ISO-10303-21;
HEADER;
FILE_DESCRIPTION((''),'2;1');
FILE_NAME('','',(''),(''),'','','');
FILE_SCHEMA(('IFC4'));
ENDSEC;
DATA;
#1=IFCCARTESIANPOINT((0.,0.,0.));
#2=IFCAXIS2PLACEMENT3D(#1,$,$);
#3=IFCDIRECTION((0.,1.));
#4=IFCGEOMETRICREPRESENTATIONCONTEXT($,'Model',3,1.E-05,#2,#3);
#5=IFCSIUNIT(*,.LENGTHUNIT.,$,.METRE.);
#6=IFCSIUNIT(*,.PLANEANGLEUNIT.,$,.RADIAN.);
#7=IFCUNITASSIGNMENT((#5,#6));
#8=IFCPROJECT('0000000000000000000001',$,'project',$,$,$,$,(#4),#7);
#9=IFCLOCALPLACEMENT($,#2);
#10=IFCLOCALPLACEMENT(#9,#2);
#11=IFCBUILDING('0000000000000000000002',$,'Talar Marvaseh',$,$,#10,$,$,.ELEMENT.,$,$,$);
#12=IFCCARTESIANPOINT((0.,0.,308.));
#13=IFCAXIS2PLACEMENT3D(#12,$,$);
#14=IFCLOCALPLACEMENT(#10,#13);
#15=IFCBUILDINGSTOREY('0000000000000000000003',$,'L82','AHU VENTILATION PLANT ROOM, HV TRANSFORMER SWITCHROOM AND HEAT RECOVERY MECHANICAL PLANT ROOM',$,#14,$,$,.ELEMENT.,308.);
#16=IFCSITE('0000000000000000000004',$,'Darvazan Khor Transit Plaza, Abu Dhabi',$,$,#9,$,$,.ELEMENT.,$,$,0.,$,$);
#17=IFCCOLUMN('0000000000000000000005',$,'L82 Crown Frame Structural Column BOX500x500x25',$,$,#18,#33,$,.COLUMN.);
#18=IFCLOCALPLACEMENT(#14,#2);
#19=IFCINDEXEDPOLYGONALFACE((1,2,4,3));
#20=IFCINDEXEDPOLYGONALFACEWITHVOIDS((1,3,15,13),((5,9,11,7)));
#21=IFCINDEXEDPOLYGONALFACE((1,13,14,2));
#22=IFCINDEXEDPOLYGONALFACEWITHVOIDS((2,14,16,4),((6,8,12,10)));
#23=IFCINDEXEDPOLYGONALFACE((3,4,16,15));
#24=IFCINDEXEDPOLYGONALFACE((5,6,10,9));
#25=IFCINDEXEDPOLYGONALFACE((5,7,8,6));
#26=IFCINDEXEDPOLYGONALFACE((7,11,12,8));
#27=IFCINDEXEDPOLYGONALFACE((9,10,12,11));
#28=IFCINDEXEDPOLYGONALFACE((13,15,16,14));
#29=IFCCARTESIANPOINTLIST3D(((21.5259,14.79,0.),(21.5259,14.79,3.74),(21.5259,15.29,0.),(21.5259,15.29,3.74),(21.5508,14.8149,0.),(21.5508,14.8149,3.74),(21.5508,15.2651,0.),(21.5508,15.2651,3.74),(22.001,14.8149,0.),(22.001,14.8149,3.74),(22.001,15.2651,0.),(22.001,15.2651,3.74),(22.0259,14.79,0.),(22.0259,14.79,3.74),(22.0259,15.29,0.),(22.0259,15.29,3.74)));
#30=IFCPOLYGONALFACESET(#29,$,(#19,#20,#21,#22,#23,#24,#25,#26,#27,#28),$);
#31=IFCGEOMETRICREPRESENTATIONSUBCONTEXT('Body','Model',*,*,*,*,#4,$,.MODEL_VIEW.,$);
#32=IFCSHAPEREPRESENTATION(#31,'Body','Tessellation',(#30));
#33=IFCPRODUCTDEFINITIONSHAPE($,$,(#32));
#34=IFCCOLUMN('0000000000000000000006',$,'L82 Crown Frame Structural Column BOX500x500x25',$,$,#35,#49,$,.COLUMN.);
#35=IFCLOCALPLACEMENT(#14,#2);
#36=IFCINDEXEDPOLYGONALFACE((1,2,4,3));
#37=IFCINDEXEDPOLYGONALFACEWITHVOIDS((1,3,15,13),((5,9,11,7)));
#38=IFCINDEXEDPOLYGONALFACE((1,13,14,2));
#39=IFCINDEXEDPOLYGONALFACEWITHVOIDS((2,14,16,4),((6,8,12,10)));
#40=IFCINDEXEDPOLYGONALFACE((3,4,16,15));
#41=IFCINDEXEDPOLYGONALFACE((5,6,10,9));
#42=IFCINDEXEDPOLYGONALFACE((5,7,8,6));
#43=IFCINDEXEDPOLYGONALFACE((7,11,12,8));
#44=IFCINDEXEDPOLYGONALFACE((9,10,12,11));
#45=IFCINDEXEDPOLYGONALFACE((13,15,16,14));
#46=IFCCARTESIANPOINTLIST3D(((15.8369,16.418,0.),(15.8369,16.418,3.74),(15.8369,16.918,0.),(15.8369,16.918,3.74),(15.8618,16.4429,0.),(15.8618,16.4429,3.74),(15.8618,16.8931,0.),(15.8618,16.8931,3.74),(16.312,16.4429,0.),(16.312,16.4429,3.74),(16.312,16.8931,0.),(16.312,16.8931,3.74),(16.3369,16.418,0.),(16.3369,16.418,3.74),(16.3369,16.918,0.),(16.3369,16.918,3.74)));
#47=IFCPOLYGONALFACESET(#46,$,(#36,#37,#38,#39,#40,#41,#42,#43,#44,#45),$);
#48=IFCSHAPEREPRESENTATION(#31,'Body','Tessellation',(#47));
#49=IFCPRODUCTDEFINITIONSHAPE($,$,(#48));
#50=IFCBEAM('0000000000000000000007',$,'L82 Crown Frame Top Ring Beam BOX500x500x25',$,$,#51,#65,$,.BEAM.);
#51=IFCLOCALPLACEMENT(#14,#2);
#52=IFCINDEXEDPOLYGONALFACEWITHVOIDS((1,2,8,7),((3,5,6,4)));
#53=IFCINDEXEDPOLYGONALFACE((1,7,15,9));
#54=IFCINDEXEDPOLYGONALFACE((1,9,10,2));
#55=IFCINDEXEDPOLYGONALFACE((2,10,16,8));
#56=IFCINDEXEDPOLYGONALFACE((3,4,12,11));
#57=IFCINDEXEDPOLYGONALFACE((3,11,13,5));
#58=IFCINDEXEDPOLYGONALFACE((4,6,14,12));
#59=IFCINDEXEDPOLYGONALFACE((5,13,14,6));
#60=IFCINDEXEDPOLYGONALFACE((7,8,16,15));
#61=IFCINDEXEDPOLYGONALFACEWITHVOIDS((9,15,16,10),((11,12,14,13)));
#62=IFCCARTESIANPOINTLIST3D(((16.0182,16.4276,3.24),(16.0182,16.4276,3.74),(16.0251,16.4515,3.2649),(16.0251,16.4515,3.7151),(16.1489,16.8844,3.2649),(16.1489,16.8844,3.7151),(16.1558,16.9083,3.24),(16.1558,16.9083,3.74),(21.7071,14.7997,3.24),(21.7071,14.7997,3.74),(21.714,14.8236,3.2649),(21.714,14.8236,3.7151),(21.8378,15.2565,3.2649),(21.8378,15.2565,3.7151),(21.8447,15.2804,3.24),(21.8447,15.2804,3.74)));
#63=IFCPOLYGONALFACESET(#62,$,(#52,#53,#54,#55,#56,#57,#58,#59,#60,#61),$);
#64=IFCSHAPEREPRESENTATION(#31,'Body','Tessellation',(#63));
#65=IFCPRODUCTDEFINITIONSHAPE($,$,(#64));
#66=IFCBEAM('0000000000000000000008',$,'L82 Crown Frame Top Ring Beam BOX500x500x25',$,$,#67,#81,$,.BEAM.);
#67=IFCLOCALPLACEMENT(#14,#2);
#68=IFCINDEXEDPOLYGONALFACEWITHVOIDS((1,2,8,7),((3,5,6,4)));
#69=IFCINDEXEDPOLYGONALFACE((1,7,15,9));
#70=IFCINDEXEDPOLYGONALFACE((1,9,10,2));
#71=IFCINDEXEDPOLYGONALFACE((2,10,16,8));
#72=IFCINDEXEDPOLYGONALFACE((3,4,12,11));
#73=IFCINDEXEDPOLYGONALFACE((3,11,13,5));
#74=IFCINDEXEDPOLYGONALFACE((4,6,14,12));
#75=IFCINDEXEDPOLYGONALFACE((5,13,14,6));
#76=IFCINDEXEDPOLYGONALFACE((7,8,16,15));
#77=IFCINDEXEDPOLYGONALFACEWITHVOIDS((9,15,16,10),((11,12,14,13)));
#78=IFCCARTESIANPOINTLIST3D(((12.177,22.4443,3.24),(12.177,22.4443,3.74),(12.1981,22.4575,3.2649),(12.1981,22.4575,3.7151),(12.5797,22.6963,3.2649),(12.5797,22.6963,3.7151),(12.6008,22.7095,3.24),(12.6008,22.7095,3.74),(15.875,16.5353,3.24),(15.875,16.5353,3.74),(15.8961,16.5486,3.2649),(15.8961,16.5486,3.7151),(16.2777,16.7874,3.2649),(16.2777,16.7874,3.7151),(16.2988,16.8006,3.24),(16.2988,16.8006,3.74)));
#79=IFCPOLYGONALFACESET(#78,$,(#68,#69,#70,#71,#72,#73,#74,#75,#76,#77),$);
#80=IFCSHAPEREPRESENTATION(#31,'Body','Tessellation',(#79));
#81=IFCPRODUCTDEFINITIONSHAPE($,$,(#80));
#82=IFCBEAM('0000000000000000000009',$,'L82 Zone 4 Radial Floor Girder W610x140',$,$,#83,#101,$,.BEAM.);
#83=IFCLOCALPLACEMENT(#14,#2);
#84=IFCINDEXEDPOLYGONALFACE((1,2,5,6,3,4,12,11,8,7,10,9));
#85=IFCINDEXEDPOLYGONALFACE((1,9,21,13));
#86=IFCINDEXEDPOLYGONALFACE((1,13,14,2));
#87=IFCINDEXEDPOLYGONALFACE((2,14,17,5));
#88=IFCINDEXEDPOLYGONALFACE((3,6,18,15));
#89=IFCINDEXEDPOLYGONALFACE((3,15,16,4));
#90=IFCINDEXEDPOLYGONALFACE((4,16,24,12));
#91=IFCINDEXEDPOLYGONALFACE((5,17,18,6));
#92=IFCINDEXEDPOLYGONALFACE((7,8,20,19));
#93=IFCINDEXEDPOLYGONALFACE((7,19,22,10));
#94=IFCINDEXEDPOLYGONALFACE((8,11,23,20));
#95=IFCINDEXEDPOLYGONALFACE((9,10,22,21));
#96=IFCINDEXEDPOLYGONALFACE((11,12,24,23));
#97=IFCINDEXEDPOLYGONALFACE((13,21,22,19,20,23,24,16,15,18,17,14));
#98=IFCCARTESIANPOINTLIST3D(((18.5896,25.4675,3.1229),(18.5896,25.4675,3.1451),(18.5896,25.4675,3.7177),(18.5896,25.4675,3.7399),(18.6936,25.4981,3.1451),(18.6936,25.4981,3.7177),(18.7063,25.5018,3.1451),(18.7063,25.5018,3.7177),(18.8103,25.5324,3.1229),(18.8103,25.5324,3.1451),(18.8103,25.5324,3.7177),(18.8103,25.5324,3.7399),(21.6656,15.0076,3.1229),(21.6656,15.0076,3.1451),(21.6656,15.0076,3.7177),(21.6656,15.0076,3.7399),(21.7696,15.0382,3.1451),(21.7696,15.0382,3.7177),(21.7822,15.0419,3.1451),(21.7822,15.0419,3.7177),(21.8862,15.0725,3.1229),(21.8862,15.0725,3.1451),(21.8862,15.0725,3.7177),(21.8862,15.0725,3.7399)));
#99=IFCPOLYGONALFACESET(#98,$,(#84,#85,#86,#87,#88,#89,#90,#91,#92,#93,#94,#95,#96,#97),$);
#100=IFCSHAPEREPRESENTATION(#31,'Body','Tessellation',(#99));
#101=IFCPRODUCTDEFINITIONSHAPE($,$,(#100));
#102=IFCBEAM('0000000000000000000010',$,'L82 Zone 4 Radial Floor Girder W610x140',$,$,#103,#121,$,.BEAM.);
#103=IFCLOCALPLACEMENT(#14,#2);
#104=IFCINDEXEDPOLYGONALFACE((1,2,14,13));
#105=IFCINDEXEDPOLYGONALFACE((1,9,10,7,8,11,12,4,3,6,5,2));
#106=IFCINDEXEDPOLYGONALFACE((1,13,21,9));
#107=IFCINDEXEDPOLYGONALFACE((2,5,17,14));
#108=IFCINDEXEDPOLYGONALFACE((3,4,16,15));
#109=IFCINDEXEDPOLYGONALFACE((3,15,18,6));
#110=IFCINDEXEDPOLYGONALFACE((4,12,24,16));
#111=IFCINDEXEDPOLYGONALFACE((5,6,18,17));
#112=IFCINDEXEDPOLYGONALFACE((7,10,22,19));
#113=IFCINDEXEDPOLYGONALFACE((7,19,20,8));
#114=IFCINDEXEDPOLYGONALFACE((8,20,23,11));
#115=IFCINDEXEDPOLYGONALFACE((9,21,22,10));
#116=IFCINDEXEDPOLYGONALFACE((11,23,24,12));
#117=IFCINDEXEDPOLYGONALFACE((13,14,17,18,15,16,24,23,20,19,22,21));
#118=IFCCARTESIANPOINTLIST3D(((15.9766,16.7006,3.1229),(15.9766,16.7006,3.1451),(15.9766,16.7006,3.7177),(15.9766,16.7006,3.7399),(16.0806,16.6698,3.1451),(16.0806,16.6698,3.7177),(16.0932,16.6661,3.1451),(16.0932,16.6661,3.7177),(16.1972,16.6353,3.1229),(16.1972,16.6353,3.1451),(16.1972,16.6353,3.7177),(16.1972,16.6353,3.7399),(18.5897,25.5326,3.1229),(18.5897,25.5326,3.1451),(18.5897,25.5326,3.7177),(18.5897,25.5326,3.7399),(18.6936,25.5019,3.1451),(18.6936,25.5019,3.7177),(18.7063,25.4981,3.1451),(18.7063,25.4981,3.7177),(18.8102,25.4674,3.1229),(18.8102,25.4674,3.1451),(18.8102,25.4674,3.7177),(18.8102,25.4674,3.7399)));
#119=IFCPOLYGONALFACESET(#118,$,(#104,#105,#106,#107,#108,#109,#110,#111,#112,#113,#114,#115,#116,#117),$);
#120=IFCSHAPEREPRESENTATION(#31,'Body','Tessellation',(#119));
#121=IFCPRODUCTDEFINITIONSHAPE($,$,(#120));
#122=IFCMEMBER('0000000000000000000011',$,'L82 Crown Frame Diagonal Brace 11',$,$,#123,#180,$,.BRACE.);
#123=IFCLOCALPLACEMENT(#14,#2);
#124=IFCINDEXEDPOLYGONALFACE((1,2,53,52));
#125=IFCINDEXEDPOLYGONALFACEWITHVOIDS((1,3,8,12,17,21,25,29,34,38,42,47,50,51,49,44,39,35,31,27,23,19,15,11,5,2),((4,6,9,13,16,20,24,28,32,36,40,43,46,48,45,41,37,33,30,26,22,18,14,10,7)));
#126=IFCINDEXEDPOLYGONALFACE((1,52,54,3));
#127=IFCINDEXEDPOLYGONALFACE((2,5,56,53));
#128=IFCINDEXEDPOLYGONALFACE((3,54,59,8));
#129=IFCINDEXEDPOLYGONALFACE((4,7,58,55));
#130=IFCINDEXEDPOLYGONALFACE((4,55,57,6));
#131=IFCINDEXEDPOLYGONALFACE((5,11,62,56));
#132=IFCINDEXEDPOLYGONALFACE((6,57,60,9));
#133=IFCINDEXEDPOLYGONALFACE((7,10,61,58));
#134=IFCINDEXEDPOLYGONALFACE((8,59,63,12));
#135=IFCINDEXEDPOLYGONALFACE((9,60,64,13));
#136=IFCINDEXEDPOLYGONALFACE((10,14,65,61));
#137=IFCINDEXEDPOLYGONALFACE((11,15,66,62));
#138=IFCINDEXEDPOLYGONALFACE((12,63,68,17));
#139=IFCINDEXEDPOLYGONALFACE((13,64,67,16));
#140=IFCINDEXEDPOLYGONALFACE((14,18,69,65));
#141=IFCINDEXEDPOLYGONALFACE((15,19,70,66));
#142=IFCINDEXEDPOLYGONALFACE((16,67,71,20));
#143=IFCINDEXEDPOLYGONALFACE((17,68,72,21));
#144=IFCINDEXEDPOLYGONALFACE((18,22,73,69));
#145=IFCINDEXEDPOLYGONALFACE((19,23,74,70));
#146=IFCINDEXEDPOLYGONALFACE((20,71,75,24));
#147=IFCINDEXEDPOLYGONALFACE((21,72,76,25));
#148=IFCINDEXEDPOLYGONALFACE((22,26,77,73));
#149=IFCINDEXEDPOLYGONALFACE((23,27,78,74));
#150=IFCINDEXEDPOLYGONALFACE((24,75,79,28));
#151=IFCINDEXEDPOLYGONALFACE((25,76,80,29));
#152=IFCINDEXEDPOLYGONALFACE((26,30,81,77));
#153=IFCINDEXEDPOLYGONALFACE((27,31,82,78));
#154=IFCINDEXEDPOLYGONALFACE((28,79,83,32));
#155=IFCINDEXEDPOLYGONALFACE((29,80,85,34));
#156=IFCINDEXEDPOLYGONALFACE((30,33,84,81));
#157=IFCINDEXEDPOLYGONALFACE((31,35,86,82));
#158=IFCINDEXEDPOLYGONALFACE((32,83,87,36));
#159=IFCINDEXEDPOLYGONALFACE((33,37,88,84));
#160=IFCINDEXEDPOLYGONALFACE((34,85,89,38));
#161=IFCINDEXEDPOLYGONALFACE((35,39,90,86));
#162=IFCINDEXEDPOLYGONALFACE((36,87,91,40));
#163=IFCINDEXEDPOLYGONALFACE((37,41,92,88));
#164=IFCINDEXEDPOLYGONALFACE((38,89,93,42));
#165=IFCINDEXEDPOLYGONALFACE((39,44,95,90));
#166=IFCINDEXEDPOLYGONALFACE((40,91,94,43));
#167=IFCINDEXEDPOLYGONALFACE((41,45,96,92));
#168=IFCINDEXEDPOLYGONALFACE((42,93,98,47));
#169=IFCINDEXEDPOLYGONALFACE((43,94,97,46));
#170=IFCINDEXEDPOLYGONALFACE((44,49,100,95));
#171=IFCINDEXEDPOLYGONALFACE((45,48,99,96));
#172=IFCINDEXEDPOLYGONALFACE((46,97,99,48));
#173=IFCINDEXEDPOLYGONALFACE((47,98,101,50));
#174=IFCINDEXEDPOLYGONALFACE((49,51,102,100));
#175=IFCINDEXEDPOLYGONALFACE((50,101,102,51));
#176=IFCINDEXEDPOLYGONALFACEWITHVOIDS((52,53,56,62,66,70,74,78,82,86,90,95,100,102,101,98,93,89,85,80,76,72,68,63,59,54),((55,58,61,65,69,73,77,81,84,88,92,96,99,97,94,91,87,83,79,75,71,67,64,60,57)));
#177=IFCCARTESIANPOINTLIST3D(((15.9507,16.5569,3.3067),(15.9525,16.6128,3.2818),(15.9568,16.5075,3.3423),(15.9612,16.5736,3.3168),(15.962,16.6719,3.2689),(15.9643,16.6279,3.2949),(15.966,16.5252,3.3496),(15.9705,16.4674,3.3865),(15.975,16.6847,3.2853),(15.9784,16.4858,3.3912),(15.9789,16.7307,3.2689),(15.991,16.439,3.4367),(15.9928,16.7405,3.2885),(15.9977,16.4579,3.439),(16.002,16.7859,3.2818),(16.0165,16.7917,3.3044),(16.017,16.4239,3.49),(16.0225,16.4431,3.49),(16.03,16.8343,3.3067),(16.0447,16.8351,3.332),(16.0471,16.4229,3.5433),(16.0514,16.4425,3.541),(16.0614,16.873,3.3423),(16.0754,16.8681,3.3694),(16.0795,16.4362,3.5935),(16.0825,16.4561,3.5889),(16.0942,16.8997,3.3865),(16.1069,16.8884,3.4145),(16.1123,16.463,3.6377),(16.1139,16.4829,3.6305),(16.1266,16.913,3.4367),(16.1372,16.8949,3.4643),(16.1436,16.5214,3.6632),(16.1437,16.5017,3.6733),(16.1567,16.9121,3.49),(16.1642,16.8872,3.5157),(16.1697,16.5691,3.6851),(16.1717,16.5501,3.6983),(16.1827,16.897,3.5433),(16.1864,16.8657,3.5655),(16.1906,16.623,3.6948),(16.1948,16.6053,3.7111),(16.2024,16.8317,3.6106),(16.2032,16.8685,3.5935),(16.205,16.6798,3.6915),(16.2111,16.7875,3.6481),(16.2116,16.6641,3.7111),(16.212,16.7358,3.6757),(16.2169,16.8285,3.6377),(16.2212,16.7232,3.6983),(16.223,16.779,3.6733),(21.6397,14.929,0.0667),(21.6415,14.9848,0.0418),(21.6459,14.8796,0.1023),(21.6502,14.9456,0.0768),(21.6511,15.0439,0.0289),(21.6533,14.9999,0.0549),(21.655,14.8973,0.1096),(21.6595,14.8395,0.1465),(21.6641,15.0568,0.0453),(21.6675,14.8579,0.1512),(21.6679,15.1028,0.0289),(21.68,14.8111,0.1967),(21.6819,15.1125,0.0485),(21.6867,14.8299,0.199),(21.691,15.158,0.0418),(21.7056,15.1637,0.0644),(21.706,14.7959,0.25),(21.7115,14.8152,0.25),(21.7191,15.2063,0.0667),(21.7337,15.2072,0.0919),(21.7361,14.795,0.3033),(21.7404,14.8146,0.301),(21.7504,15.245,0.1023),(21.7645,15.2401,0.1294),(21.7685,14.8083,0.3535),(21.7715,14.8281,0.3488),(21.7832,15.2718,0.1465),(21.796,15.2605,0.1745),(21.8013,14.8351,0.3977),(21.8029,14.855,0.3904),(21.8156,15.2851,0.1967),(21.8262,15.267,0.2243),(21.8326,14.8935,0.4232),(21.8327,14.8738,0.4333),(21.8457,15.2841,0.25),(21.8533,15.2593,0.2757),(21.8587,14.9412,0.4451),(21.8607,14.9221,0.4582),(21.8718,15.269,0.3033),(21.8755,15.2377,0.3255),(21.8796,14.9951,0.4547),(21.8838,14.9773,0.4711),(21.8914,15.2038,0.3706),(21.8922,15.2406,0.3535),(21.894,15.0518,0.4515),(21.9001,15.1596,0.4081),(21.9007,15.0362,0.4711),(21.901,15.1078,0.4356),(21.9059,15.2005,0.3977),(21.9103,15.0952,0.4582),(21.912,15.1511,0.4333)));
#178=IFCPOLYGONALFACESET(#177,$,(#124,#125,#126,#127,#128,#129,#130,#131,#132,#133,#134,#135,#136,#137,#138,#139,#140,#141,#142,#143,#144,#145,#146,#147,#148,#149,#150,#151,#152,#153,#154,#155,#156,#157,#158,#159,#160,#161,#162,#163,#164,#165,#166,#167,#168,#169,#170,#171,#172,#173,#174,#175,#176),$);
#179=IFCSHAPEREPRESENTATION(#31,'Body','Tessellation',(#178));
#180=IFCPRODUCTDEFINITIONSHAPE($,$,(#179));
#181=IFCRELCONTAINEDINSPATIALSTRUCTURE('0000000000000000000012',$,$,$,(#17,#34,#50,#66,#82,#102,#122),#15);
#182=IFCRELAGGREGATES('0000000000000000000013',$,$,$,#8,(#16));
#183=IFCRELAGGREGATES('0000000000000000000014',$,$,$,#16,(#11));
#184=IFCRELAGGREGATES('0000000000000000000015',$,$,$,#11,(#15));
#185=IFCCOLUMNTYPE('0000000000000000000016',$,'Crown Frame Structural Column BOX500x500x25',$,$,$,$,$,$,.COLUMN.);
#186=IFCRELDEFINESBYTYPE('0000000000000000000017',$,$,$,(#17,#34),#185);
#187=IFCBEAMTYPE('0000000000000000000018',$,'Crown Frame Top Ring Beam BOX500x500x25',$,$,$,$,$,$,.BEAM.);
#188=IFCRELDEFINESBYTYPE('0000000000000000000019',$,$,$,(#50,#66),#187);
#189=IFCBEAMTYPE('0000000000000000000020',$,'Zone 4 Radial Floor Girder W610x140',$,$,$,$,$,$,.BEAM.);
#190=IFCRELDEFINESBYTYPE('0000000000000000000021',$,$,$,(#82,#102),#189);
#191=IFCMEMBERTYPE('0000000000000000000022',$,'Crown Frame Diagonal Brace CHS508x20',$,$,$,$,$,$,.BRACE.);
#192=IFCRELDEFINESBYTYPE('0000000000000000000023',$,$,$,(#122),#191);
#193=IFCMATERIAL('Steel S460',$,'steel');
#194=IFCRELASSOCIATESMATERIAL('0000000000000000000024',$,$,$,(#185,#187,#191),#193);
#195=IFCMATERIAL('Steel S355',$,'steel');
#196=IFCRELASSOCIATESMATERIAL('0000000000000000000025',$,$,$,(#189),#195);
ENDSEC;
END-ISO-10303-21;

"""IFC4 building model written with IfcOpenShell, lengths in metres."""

from ifc_helpers import new_model, si_unit, direction, frame, origin, origin_2d, place, context, subcontext, project, spatial, hollow_rectangle, hollow_circle, i_section, extrude, source, transform, mapped, material, material_profile, profile_set, type_object, type_shapes, element, save


model = new_model("IFC4")

# Units and contexts
model_context = context("Model", 3, precision=1e-05, world=origin(), true_north=direction((0.0, 1.0)))
body_context = subcontext(model_context, "Body", "Model", "MODEL_VIEW")
ifc_project = project(units=[si_unit("LENGTHUNIT", "METRE"), si_unit("PLANEANGLEUNIT", "RADIAN")], contexts=[model_context])

# Site, building, storey
site_placement = place(None, origin())
site = spatial("IfcSite", under=ifc_project, at=site_placement, Name="Darvazan Khor Transit Plaza, Abu Dhabi", CompositionType="ELEMENT", RefElevation=0.0)
building_placement = place(site_placement, origin())
building = spatial("IfcBuilding", under=site, at=building_placement, Name="Talar Marvaseh", CompositionType="ELEMENT")
storey_placement = place(building_placement, frame((0.0, 0.0, 308.0)))
storey = spatial("IfcBuildingStorey", under=building, at=storey_placement, Name="L82", Description="AHU VENTILATION PLANT ROOM, HV TRANSFORMER SWITCHROOM AND HEAT RECOVERY MECHANICAL PLANT ROOM", CompositionType="ELEMENT", Elevation=308.0)

# Columns
ifc_material_1 = material(Name="Steel S460", Category="steel")
ifc_material_profile_1 = material_profile(ifc_material_1, hollow_rectangle(XDim=0.5, YDim=0.5, WallThickness=0.0249, at=origin_2d()), Name="BOX500x500x25")
ifc_profile_set_1 = profile_set([ifc_material_profile_1], Name="Steel S460")
column_type = type_object("IfcColumnType", Name="Crown Frame Structural Column BOX500x500x25", PredefinedType="COLUMN", material=ifc_profile_set_1)
for number, where, z_axis, x_axis, name in (
    (1, (21.7759, 15.04, 0.0), (0.0, 0.0, 1.0), (1.0, 0.0, 0.0), "L82 Crown Frame Structural Column BOX500x500x25"),
    (2, (16.0869, 16.668, 0.0), (0.0, 0.0, 1.0), (1.0, 0.0, 0.0), "L82 Crown Frame Structural Column BOX500x500x25"),
):
    element("IfcColumn", number, at=place(storey_placement, frame(where, z_axis=z_axis, x_axis=x_axis)), inside=storey, type_object=column_type, Name=name, PredefinedType="COLUMN", context=body_context, shape_type="SweptSolid", body=[
        extrude(hollow_rectangle(XDim=0.5, YDim=0.5, WallThickness=0.0249, at=origin_2d()), origin(), (0.0, 0.0, 1.0), 3.74),
    ])

# Beams
ifc_material_profile_2 = material_profile(ifc_material_1, hollow_rectangle(XDim=0.5, YDim=0.5, WallThickness=0.0249, at=origin_2d()), Name="BOX500x500x25")
ifc_profile_set_2 = profile_set([ifc_material_profile_2], Name="Steel S460")
beam_type_1 = type_object("IfcBeamType", Name="Crown Frame Top Ring Beam BOX500x500x25", PredefinedType="BEAM", material=ifc_profile_set_2)
beam_1_placement = place(storey_placement, frame((21.7759, 15.04, 3.49), z_axis=(-0.961412, 0.275113, 0.0), x_axis=(-0.275113, -0.961412, 0.0)))
element("IfcBeam", 3, at=beam_1_placement, inside=storey, type_object=beam_type_1, Name="L82 Crown Frame Top Ring Beam BOX500x500x25", PredefinedType="BEAM", context=body_context, shape_type="SweptSolid", body=[
    extrude(hollow_rectangle(XDim=0.5, YDim=0.5, WallThickness=0.0249, at=origin_2d()), origin(), (0.0, 0.0, 1.0), 5.9172),
])
beam_2_placement = place(storey_placement, frame((16.0869, 16.668, 3.49), z_axis=(-0.530506, 0.847681, 0.0), x_axis=(-0.847681, -0.530506, 0.0)))
element("IfcBeam", 4, at=beam_2_placement, inside=storey, type_object=beam_type_1, Name="L82 Crown Frame Top Ring Beam BOX500x500x25", PredefinedType="BEAM", context=body_context, shape_type="SweptSolid", body=[
    extrude(hollow_rectangle(XDim=0.5, YDim=0.5, WallThickness=0.0249, at=origin_2d()), origin(), (0.0, 0.0, 1.0), 6.9707),
])
ifc_material_2 = material(Name="Steel S355", Category="steel")
ifc_material_profile_3 = material_profile(ifc_material_2, i_section(OverallWidth=0.23, OverallDepth=0.6169, WebThickness=0.0132, FlangeThickness=0.0222, at=origin_2d()), Name="W610x140")
ifc_profile_set_3 = profile_set([ifc_material_profile_3], Name="Steel S355")
beam_type_2 = type_object("IfcBeamType", Name="Zone 4 Radial Floor Girder W610x140", PredefinedType="BEAM", material=ifc_profile_set_3)
beam_3_placement = place(storey_placement, frame((21.7759, 15.04, 3.4314), z_axis=(-0.282121, 0.959379, 0.0), x_axis=(-0.959379, -0.282121, 0.0)))
element("IfcBeam", 5, at=beam_3_placement, inside=storey, type_object=beam_type_2, Name="L82 Zone 4 Radial Floor Girder W610x140", PredefinedType="BEAM", context=body_context, shape_type="SweptSolid", body=[
    extrude(i_section(OverallWidth=0.23, OverallDepth=0.6169, WebThickness=0.0132, FlangeThickness=0.0222, at=origin_2d()), origin(), (0.0, 0.0, 1.0), 10.9028),
])
beam_4_placement = place(storey_placement, frame((16.0869, 16.668, 3.4314), z_axis=(0.283703, 0.958912, 0.0), x_axis=(-0.958912, 0.283703, 0.0)))
element("IfcBeam", 6, at=beam_4_placement, inside=storey, type_object=beam_type_2, Name="L82 Zone 4 Radial Floor Girder W610x140", PredefinedType="BEAM", context=body_context, shape_type="SweptSolid", body=[
    extrude(i_section(OverallWidth=0.23, OverallDepth=0.6169, WebThickness=0.0132, FlangeThickness=0.0222, at=origin_2d()), origin(), (0.0, 0.0, 1.0), 9.2104),
])

# Member
ifc_material_profile_4 = material_profile(ifc_material_1, hollow_circle(Radius=0.2539, WallThickness=0.02, at=origin_2d()), Name="CHS508x20")
ifc_profile_set_4 = profile_set([ifc_material_profile_4], Name="Steel S460")
member_type_1 = type_object("IfcMemberType", Name="Crown Frame Diagonal Brace CHS508x20", PredefinedType="BRACE", material=ifc_profile_set_4)
shared_shape_1 = source(origin(), body_context, "Body", "SweptSolid", [
    extrude(hollow_circle(Radius=0.2539, WallThickness=0.02, at=origin_2d()), origin(), (0.0, 0.0, 1.0), 6.7463),
])
type_shapes(member_type_1, [shared_shape_1])
member_1_placement = place(storey_placement, frame((21.7759, 15.04, 0.25), z_axis=(-0.843277, 0.241309, 0.480265), x_axis=(-0.275113, -0.961412, 0.0)))
element("IfcMember", 7, at=member_1_placement, inside=storey, type_object=member_type_1, Name="L82 Crown Frame Diagonal Brace 11", PredefinedType="BRACE", context=body_context, shape_type="MappedRepresentation", body=[
    mapped(shared_shape_1, transform((0.0, 0.0, 0.0), x_axis=(1.0, 0.0, 0.0), y_axis=(0.0, 1.0, 0.0), z_axis=(0.0, 0.0, 1.0), scale=1.0)),
])

save(model, "model.ifc")
